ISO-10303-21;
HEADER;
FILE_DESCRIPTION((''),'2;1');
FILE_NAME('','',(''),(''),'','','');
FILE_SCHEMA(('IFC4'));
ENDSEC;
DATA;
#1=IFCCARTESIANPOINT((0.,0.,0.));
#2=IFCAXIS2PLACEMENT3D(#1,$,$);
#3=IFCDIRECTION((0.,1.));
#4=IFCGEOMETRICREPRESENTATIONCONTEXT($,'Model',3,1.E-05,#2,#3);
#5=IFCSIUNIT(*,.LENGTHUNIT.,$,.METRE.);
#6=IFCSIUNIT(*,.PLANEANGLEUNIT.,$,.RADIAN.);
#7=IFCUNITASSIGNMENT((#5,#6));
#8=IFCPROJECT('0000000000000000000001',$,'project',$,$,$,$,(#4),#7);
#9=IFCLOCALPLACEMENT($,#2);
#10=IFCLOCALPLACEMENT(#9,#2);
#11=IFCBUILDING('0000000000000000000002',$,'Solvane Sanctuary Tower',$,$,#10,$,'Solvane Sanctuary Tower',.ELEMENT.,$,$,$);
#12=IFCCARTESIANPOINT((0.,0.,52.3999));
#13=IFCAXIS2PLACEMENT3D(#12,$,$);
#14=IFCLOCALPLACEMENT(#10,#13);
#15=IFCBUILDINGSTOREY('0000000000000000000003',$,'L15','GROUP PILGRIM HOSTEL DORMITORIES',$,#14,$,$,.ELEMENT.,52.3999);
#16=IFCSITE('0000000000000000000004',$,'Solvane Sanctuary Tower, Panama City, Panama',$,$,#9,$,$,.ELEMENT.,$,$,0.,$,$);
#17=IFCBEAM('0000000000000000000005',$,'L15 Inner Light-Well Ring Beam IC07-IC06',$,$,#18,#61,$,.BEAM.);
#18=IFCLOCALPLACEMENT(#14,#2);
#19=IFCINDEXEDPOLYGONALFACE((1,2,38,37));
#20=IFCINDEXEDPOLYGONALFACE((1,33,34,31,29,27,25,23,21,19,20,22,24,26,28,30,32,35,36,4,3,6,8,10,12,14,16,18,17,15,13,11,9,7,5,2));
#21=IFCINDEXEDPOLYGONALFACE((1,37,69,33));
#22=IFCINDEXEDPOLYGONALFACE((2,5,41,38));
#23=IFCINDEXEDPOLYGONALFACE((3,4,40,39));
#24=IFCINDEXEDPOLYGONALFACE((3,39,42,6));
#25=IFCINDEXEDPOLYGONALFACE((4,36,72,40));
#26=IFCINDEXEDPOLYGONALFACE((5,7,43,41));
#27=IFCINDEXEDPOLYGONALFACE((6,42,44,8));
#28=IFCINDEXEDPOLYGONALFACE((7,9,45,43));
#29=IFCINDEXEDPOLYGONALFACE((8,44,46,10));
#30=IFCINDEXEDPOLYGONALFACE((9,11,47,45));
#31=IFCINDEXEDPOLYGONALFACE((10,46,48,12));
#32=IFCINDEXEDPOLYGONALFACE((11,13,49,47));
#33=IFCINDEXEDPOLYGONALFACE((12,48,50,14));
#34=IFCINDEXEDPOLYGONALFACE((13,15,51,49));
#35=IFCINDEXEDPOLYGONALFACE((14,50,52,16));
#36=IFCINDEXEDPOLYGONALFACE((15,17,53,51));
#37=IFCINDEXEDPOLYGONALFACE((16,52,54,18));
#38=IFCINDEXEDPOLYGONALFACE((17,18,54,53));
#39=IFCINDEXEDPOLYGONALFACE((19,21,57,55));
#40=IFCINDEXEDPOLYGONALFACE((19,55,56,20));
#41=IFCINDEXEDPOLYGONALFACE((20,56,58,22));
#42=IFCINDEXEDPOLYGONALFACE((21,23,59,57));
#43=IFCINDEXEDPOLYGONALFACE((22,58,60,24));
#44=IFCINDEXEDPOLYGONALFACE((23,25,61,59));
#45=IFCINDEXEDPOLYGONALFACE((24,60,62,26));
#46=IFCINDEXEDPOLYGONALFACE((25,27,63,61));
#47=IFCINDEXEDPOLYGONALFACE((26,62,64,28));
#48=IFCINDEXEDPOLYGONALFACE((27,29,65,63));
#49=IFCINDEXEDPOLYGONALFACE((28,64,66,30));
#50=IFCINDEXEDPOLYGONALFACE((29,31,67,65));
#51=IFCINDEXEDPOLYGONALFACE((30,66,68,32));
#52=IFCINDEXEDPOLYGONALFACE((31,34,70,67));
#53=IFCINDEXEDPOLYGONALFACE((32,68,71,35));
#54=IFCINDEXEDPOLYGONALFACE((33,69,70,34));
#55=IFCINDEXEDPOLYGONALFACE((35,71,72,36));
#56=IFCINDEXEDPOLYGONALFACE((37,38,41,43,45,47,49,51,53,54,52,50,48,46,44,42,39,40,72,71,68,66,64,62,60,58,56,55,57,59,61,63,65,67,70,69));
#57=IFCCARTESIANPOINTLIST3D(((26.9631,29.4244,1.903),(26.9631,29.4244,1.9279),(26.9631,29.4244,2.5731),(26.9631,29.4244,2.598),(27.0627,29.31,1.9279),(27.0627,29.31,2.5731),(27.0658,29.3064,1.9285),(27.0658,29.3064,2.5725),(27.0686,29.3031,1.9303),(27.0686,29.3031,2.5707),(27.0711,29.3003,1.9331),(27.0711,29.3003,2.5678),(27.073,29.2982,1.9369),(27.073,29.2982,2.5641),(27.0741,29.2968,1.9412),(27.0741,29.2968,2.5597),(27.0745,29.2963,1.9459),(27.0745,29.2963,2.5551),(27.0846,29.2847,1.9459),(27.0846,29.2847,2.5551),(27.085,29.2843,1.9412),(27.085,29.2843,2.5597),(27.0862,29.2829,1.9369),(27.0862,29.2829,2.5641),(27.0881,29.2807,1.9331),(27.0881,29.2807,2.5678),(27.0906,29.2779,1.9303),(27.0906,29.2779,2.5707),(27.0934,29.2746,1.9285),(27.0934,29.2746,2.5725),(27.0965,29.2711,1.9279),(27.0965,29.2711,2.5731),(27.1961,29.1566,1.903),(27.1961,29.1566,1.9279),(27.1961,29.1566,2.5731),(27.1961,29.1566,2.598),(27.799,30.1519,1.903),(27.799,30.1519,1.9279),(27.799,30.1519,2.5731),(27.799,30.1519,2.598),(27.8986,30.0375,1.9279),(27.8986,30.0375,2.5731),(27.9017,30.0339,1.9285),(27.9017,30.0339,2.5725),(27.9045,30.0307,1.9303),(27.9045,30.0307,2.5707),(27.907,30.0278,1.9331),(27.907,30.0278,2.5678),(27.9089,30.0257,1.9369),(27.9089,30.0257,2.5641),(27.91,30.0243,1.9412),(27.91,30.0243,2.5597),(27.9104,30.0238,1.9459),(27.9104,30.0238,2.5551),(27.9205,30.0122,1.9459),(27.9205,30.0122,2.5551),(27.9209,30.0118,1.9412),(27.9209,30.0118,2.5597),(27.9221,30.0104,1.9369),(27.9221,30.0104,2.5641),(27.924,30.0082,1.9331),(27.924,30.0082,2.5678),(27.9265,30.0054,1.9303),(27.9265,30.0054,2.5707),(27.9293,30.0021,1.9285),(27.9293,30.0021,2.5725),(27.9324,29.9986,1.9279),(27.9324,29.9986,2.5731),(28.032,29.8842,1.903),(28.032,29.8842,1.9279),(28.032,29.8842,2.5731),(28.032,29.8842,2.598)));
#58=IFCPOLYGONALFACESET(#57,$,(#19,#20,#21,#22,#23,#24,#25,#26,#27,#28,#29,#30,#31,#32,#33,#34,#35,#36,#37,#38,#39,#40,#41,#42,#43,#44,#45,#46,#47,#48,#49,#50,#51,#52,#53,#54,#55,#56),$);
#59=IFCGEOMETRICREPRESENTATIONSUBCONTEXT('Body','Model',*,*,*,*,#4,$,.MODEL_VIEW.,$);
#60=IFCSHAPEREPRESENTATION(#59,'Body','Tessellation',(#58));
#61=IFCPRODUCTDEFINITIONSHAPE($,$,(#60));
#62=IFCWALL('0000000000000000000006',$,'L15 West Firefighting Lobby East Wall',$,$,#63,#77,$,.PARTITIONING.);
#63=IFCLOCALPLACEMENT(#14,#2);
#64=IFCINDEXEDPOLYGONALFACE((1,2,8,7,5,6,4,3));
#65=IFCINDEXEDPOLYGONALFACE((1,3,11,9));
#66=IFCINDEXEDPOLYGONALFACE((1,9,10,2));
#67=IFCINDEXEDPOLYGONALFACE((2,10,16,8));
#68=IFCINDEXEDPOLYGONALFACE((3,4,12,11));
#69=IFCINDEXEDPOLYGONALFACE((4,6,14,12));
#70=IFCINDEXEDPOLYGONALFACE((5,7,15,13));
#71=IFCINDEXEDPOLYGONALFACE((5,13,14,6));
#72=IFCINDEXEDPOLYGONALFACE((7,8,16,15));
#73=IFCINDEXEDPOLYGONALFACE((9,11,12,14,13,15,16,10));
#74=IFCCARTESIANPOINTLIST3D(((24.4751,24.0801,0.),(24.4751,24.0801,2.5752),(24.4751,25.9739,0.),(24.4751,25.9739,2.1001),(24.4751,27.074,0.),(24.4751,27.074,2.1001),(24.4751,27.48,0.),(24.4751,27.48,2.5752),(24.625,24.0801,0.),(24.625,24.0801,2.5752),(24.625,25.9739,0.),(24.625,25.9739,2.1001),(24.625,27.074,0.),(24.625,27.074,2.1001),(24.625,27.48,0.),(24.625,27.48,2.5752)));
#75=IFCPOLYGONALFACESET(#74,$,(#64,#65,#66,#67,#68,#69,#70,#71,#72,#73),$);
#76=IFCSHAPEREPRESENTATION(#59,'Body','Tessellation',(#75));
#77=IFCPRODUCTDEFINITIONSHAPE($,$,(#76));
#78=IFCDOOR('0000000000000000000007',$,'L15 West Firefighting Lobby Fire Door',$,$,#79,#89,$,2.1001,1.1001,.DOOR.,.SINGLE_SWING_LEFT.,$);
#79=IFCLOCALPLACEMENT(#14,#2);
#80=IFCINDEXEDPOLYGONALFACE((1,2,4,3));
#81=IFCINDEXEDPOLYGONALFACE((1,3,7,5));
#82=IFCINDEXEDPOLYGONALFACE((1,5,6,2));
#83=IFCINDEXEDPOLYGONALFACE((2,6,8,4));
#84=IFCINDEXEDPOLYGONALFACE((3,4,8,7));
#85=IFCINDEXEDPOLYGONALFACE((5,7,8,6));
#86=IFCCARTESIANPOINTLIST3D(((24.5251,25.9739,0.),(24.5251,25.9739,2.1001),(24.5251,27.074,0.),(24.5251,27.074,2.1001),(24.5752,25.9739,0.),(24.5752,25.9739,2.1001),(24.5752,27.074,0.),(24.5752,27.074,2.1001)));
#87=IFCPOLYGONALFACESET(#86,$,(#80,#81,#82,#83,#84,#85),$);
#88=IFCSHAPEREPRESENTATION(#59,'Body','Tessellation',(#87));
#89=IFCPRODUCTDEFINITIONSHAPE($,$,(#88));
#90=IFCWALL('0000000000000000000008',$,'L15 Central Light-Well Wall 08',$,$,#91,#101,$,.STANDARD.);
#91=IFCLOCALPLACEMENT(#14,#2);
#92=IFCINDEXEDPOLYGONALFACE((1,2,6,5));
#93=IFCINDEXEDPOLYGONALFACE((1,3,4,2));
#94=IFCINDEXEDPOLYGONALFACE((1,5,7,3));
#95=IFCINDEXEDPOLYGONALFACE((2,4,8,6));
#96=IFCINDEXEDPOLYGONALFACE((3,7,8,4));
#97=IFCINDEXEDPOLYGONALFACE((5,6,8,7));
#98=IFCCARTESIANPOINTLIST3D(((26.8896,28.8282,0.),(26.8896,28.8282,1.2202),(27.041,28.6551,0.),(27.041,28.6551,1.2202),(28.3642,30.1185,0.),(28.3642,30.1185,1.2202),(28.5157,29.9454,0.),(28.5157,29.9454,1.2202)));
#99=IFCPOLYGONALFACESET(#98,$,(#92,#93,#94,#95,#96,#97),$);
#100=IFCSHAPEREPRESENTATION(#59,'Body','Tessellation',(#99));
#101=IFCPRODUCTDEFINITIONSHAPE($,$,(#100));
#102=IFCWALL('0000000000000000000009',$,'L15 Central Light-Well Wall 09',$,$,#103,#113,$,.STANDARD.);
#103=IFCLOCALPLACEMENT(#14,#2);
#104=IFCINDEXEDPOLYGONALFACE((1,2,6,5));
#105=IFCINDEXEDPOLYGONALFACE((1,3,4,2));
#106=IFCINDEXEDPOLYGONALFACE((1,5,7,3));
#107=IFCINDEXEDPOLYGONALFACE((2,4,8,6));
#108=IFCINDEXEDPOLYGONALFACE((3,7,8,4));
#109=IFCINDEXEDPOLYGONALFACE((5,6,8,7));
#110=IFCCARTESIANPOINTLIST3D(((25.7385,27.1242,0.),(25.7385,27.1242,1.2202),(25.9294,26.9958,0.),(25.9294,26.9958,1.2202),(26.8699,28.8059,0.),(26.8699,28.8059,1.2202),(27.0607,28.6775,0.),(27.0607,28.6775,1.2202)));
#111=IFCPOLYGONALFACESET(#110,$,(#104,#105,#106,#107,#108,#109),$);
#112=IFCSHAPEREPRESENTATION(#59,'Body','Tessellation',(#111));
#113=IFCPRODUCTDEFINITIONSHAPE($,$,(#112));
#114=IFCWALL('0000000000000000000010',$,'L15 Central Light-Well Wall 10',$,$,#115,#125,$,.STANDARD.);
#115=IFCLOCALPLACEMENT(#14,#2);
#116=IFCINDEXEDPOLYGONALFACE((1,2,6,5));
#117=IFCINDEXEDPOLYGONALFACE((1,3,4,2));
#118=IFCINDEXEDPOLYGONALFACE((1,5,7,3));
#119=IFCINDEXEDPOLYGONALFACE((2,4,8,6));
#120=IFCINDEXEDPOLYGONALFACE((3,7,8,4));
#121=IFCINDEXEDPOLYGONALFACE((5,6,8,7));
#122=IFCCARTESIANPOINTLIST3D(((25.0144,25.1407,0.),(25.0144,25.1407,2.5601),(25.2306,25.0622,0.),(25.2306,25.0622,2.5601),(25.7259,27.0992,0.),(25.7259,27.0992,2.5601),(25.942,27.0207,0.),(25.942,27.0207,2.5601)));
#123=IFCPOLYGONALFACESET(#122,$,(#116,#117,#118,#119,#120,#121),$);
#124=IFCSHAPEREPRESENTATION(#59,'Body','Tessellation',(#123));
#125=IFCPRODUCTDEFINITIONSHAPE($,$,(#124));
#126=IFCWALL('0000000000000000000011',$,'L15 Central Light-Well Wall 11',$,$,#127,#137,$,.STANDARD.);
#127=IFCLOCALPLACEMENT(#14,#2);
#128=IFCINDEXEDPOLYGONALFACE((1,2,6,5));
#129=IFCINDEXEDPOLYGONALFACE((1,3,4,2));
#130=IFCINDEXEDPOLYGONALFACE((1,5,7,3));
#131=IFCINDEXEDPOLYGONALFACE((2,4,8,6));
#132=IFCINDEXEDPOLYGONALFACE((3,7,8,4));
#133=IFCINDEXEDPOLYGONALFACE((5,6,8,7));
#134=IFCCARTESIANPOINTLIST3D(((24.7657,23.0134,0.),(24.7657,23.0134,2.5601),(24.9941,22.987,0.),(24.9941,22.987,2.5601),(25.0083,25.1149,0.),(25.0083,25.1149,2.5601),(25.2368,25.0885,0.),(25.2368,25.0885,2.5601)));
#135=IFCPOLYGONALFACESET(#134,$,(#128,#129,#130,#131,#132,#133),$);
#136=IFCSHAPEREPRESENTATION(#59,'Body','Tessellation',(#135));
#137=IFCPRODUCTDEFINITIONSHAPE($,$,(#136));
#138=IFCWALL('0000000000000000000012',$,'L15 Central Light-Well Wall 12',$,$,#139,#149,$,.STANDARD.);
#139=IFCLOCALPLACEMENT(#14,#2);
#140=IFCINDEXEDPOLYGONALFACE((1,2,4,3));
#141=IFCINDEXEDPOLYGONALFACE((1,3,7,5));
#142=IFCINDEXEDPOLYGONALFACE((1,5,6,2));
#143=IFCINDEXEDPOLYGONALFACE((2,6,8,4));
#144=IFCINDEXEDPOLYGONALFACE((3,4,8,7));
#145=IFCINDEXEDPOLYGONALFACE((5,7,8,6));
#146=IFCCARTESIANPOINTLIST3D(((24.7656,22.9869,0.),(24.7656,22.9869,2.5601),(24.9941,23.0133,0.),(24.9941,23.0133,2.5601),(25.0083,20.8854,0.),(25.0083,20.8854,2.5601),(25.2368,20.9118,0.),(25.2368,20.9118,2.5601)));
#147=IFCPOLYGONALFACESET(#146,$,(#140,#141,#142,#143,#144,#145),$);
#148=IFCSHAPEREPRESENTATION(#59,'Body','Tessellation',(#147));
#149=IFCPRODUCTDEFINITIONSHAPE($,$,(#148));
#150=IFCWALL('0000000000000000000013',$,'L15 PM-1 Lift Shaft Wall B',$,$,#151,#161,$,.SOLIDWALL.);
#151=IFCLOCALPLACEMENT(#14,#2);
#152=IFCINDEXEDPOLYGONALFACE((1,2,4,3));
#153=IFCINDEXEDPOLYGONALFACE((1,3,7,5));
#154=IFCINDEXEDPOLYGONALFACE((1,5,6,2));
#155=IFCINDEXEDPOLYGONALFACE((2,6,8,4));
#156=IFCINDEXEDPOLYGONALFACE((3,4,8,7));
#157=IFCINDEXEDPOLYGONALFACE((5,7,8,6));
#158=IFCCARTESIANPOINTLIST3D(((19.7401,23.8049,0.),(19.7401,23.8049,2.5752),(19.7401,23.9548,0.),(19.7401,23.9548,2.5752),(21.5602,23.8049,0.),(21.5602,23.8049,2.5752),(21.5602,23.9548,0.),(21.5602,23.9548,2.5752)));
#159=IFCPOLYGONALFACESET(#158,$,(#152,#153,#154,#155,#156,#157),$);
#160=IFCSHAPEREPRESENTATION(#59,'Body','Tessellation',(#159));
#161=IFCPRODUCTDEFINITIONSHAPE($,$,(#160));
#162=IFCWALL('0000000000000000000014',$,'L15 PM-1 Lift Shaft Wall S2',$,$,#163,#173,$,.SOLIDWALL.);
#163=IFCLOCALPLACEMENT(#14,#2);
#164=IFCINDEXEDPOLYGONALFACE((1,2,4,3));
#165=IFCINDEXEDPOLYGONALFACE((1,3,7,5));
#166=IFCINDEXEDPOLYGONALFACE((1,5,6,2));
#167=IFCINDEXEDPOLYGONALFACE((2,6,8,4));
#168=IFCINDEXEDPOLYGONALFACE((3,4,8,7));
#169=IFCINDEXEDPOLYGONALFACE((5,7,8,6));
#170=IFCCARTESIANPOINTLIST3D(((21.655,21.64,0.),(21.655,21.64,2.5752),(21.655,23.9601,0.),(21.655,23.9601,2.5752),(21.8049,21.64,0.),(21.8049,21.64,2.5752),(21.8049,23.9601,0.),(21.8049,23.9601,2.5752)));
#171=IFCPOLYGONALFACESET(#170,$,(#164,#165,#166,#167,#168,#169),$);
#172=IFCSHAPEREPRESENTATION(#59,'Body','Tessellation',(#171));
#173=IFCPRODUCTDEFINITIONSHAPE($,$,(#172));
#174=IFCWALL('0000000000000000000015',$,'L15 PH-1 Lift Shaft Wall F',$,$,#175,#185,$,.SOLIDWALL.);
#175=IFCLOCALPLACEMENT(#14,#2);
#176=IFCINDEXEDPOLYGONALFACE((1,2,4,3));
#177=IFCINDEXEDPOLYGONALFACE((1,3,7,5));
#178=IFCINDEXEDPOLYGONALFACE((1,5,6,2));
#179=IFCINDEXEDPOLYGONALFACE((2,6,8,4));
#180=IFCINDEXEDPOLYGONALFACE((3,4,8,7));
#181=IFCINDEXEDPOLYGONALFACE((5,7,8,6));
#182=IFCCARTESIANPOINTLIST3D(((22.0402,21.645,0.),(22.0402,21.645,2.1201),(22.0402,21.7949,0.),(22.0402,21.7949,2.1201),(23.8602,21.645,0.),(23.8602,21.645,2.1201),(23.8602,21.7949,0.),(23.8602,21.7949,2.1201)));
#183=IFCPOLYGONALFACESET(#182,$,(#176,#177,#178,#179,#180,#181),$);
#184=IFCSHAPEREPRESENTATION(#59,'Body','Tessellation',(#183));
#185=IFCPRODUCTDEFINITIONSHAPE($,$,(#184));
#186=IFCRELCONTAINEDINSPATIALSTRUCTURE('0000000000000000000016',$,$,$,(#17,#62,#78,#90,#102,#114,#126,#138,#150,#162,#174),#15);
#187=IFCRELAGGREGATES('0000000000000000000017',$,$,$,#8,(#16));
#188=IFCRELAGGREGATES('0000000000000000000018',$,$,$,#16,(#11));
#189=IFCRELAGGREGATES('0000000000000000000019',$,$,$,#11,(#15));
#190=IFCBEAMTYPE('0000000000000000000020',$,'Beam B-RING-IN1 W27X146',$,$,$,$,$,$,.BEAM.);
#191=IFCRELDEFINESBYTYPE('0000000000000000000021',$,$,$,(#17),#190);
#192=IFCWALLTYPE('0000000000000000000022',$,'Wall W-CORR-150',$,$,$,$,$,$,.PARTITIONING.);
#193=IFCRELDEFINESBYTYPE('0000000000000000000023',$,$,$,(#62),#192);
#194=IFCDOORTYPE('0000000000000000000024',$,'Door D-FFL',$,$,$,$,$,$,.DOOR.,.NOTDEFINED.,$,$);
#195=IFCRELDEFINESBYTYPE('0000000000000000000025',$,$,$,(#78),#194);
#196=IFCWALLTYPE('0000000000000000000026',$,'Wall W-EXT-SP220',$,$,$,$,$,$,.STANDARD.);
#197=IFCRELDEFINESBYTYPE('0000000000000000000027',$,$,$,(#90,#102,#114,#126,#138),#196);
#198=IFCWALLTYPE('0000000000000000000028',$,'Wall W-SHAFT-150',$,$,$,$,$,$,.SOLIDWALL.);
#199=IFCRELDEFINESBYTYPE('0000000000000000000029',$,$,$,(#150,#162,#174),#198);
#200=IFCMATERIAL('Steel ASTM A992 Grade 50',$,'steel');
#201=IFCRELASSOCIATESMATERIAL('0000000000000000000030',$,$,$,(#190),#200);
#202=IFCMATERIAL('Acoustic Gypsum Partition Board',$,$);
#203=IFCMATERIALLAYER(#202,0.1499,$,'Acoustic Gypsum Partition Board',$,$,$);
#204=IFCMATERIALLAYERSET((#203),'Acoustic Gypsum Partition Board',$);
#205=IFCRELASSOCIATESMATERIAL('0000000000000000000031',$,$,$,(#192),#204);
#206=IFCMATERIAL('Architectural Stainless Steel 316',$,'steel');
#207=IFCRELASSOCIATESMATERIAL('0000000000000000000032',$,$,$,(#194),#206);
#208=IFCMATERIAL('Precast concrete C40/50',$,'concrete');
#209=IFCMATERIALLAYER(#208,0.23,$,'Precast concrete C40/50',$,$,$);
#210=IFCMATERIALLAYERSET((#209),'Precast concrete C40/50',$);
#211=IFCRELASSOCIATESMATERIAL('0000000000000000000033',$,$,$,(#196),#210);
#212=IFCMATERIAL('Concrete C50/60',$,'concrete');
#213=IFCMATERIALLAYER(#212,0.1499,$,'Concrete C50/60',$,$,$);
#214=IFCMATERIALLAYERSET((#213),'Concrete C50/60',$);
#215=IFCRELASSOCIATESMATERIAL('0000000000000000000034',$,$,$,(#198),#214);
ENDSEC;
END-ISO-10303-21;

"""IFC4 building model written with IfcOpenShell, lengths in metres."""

from ifc_helpers import new_model, si_unit, direction, frame, frame_2d, origin, origin_2d, place, context, subcontext, project, spatial, rectangle, i_section, extrude, material, layer, layer_set, material_profile, profile_set, type_object, element, fill, save


model = new_model("IFC4")

# Units and contexts
model_context = context("Model", 3, precision=1e-05, world=origin(), true_north=direction((0.0, 1.0)))
body_context = subcontext(model_context, "Body", "Model", "MODEL_VIEW")
ifc_project = project(units=[si_unit("LENGTHUNIT", "METRE"), si_unit("PLANEANGLEUNIT", "RADIAN")], contexts=[model_context])

# Site, building, storey
site_placement = place(None, origin())
site = spatial("IfcSite", under=ifc_project, at=site_placement, Name="Solvane Sanctuary Tower, Panama City, Panama", CompositionType="ELEMENT", RefElevation=0.0)
building_placement = place(site_placement, origin())
building = spatial("IfcBuilding", under=site, at=building_placement, Name="Solvane Sanctuary Tower", LongName="Solvane Sanctuary Tower", CompositionType="ELEMENT")
storey_placement = place(building_placement, frame((0.0, 0.0, 52.3999)))
storey = spatial("IfcBuildingStorey", under=building, at=storey_placement, Name="L15", Description="GROUP PILGRIM HOSTEL DORMITORIES", CompositionType="ELEMENT", Elevation=52.3999)

# Beam
ifc_material_1 = material(Name="Steel ASTM A992 Grade 50", Category="steel")
ifc_material_profile_1 = material_profile(ifc_material_1, i_section(OverallWidth=0.355, OverallDepth=0.6951, WebThickness=0.0154, FlangeThickness=0.0249, FilletRadius=0.0181, at=origin_2d()), Name="W27X146")
ifc_profile_set_1 = profile_set([ifc_material_profile_1], Name="Steel ASTM A992 Grade 50")
beam_type_1 = type_object("IfcBeamType", Name="Beam B-RING-IN1 W27X146", PredefinedType="BEAM", material=ifc_profile_set_1)
beam_1_placement = place(storey_placement, frame((27.0796, 29.2905, 2.2505), z_axis=(0.754321, 0.656506, 0.0), x_axis=(-0.656506, 0.754321, 0.0)))
element("IfcBeam", 1, at=beam_1_placement, inside=storey, type_object=beam_type_1, Name="L15 Inner Light-Well Ring Beam IC07-IC06", PredefinedType="BEAM", context=body_context, shape_type="SweptSolid", body=[
    extrude(i_section(OverallWidth=0.355, OverallDepth=0.6951, WebThickness=0.0154, FlangeThickness=0.0249, FilletRadius=0.0181, at=origin_2d()), origin(), (0.0, 0.0, 1.0), 1.1082),
])

# Wall, opening, door
ifc_material_2 = material(Name="Acoustic Gypsum Partition Board")
ifc_layer_1 = layer(ifc_material_2, 0.1499, Name="Acoustic Gypsum Partition Board")
ifc_layer_set_1 = layer_set([ifc_layer_1], Name="Acoustic Gypsum Partition Board")
wall_type_1 = type_object("IfcWallType", Name="Wall W-CORR-150", PredefinedType="PARTITIONING", material=ifc_layer_set_1)
wall_1_placement = place(storey_placement, frame((24.55, 24.0801, 0.0), z_axis=(0.0, 0.0, 1.0), x_axis=(0.0, 1.0, 0.0)))
wall_1 = element("IfcWall", 2, at=wall_1_placement, inside=storey, type_object=wall_type_1, Name="L15 West Firefighting Lobby East Wall", PredefinedType="PARTITIONING", context=body_context, shape_type="SweptSolid", body=[
    extrude(rectangle(XDim=3.3999, YDim=0.1499, at=frame_2d((1.7, 0.0))), origin(), (0.0, 0.0, 1.0), 2.5752),
])
opening_1_placement = place(wall_1_placement, frame((1.8938, 0.0, 0.0)))
opening_1 = element("IfcOpeningElement", 3, at=opening_1_placement, cuts=wall_1, PredefinedType="OPENING", context=body_context, shape_type="SweptSolid", body=[
    extrude(rectangle(XDim=1.1001, YDim=2.1001, at=frame_2d((0.55, 1.05))), frame((0.0, 0.085, 0.0), z_axis=(0.0, -1.0, 0.0), x_axis=(1.0, 0.0, 0.0)), (0.0, 0.0, 1.0), 0.1699),
])
ifc_material_3 = material(Name="Architectural Stainless Steel 316", Category="steel")
door_type_1 = type_object("IfcDoorType", Name="Door D-FFL", OperationType="NOTDEFINED", PredefinedType="DOOR", material=ifc_material_3)
door_1_placement = place(opening_1_placement, origin())
door_1 = element("IfcDoor", 4, at=door_1_placement, inside=storey, type_object=door_type_1, Name="L15 West Firefighting Lobby Fire Door", OperationType="SINGLE_SWING_LEFT", OverallHeight=2.1001, OverallWidth=1.1001, PredefinedType="DOOR", context=body_context, shape_type="SweptSolid", body=[
    extrude(rectangle(XDim=1.1001, YDim=2.1001, at=frame_2d((0.55, 1.05))), frame((0.0, 0.0249, 0.0), z_axis=(0.0, -1.0, 0.0), x_axis=(1.0, 0.0, 0.0)), (0.0, 0.0, 1.0), 0.05),
])
fill(opening_1, door_1)

# Walls
ifc_material_4 = material(Name="Precast concrete C40/50", Category="concrete")
ifc_layer_2 = layer(ifc_material_4, 0.23, Name="Precast concrete C40/50")
ifc_layer_set_2 = layer_set([ifc_layer_2], Name="Precast concrete C40/50")
wall_type_2 = type_object("IfcWallType", Name="Wall W-EXT-SP220", PredefinedType="STANDARD", material=ifc_layer_set_2)
wall_2_placement = place(storey_placement, frame((28.4399, 30.032, 0.0), z_axis=(0.0, 0.0, 1.0), x_axis=(-0.752577, -0.658505, 0.0)))
element("IfcWall", 5, at=wall_2_placement, inside=storey, type_object=wall_type_2, Name="L15 Central Light-Well Wall 08", PredefinedType="STANDARD", context=body_context, shape_type="SweptSolid", body=[
    extrude(rectangle(XDim=1.9595, YDim=0.23, at=frame_2d((0.9797, 0.0))), origin(), (0.0, 0.0, 1.0), 1.2202),
])
wall_3_placement = place(storey_placement, frame((26.9653, 28.7417, 0.0), z_axis=(0.0, 0.0, 1.0), x_axis=(-0.558198, -0.829708, 0.0)))
element("IfcWall", 6, at=wall_3_placement, inside=storey, type_object=wall_type_2, Name="L15 Central Light-Well Wall 09", PredefinedType="STANDARD", context=body_context, shape_type="SweptSolid", body=[
    extrude(rectangle(XDim=2.0269, YDim=0.23, at=frame_2d((1.0134, 0.0))), origin(), (0.0, 0.0, 1.0), 1.2202),
])
wall_4_placement = place(storey_placement, frame((25.834, 27.0601, 0.0), z_axis=(0.0, 0.0, 1.0), x_axis=(-0.341423, -0.93991, 0.0)))
element("IfcWall", 7, at=wall_4_placement, inside=storey, type_object=wall_type_2, Name="L15 Central Light-Well Wall 10", PredefinedType="STANDARD", context=body_context, shape_type="SweptSolid", body=[
    extrude(rectangle(XDim=2.0837, YDim=0.23, at=frame_2d((1.042, 0.0))), origin(), (0.0, 0.0, 1.0), 2.5601),
])
for number, where, z_axis, x_axis, name in (
    (8, (25.1226, 25.1016, 0.0), (0.0, 0.0, 1.0), (-0.114712, -0.993399, 0.0), "L15 Central Light-Well Wall 11"),
    (9, (24.8799, 23.0, 0.0), (0.0, 0.0, 1.0), (0.114712, -0.993399, 0.0), "L15 Central Light-Well Wall 12"),
):
    element("IfcWall", number, at=place(storey_placement, frame(where, z_axis=z_axis, x_axis=x_axis)), inside=storey, type_object=wall_type_2, Name=name, PredefinedType="STANDARD", context=body_context, shape_type="SweptSolid", body=[
        extrude(rectangle(XDim=2.1155, YDim=0.23, at=frame_2d((1.0576, 0.0))), origin(), (0.0, 0.0, 1.0), 2.5601),
    ])
ifc_material_5 = material(Name="Concrete C50/60", Category="concrete")
ifc_layer_3 = layer(ifc_material_5, 0.1499, Name="Concrete C50/60")
ifc_layer_set_3 = layer_set([ifc_layer_3], Name="Concrete C50/60")
wall_type_3 = type_object("IfcWallType", Name="Wall W-SHAFT-150", PredefinedType="SOLIDWALL", material=ifc_layer_set_3)
wall_5_placement = place(storey_placement, frame((19.74, 23.8799, 0.0), z_axis=(0.0, 0.0, 1.0), x_axis=(1.0, 0.0, 0.0)))
element("IfcWall", 10, at=wall_5_placement, inside=storey, type_object=wall_type_3, Name="L15 PM-1 Lift Shaft Wall B", PredefinedType="SOLIDWALL", context=body_context, shape_type="SweptSolid", body=[
    extrude(rectangle(XDim=1.8201, YDim=0.1499, at=frame_2d((0.9102, 0.0))), origin(), (0.0, 0.0, 1.0), 2.5752),
])
wall_6_placement = place(storey_placement, frame((21.73, 21.6399, 0.0), z_axis=(0.0, 0.0, 1.0), x_axis=(0.0, 1.0, 0.0)))
element("IfcWall", 11, at=wall_6_placement, inside=storey, type_object=wall_type_3, Name="L15 PM-1 Lift Shaft Wall S2", PredefinedType="SOLIDWALL", context=body_context, shape_type="SweptSolid", body=[
    extrude(rectangle(XDim=2.3201, YDim=0.1499, at=frame_2d((1.1602, 0.0))), origin(), (0.0, 0.0, 1.0), 2.5752),
])
for number, where, z_axis, x_axis, name in (
    (12, (22.04, 21.72, 0.0), (0.0, 0.0, 1.0), (1.0, 0.0, 0.0), "L15 PH-1 Lift Shaft Wall F"),
):
    element("IfcWall", number, at=place(storey_placement, frame(where, z_axis=z_axis, x_axis=x_axis)), inside=storey, type_object=wall_type_3, Name=name, PredefinedType="SOLIDWALL", context=body_context, shape_type="SweptSolid", body=[
        extrude(rectangle(XDim=1.8201, YDim=0.1499, at=frame_2d((0.9102, 0.0))), origin(), (0.0, 0.0, 1.0), 2.1201),
    ])

save(model, "model.ifc")
